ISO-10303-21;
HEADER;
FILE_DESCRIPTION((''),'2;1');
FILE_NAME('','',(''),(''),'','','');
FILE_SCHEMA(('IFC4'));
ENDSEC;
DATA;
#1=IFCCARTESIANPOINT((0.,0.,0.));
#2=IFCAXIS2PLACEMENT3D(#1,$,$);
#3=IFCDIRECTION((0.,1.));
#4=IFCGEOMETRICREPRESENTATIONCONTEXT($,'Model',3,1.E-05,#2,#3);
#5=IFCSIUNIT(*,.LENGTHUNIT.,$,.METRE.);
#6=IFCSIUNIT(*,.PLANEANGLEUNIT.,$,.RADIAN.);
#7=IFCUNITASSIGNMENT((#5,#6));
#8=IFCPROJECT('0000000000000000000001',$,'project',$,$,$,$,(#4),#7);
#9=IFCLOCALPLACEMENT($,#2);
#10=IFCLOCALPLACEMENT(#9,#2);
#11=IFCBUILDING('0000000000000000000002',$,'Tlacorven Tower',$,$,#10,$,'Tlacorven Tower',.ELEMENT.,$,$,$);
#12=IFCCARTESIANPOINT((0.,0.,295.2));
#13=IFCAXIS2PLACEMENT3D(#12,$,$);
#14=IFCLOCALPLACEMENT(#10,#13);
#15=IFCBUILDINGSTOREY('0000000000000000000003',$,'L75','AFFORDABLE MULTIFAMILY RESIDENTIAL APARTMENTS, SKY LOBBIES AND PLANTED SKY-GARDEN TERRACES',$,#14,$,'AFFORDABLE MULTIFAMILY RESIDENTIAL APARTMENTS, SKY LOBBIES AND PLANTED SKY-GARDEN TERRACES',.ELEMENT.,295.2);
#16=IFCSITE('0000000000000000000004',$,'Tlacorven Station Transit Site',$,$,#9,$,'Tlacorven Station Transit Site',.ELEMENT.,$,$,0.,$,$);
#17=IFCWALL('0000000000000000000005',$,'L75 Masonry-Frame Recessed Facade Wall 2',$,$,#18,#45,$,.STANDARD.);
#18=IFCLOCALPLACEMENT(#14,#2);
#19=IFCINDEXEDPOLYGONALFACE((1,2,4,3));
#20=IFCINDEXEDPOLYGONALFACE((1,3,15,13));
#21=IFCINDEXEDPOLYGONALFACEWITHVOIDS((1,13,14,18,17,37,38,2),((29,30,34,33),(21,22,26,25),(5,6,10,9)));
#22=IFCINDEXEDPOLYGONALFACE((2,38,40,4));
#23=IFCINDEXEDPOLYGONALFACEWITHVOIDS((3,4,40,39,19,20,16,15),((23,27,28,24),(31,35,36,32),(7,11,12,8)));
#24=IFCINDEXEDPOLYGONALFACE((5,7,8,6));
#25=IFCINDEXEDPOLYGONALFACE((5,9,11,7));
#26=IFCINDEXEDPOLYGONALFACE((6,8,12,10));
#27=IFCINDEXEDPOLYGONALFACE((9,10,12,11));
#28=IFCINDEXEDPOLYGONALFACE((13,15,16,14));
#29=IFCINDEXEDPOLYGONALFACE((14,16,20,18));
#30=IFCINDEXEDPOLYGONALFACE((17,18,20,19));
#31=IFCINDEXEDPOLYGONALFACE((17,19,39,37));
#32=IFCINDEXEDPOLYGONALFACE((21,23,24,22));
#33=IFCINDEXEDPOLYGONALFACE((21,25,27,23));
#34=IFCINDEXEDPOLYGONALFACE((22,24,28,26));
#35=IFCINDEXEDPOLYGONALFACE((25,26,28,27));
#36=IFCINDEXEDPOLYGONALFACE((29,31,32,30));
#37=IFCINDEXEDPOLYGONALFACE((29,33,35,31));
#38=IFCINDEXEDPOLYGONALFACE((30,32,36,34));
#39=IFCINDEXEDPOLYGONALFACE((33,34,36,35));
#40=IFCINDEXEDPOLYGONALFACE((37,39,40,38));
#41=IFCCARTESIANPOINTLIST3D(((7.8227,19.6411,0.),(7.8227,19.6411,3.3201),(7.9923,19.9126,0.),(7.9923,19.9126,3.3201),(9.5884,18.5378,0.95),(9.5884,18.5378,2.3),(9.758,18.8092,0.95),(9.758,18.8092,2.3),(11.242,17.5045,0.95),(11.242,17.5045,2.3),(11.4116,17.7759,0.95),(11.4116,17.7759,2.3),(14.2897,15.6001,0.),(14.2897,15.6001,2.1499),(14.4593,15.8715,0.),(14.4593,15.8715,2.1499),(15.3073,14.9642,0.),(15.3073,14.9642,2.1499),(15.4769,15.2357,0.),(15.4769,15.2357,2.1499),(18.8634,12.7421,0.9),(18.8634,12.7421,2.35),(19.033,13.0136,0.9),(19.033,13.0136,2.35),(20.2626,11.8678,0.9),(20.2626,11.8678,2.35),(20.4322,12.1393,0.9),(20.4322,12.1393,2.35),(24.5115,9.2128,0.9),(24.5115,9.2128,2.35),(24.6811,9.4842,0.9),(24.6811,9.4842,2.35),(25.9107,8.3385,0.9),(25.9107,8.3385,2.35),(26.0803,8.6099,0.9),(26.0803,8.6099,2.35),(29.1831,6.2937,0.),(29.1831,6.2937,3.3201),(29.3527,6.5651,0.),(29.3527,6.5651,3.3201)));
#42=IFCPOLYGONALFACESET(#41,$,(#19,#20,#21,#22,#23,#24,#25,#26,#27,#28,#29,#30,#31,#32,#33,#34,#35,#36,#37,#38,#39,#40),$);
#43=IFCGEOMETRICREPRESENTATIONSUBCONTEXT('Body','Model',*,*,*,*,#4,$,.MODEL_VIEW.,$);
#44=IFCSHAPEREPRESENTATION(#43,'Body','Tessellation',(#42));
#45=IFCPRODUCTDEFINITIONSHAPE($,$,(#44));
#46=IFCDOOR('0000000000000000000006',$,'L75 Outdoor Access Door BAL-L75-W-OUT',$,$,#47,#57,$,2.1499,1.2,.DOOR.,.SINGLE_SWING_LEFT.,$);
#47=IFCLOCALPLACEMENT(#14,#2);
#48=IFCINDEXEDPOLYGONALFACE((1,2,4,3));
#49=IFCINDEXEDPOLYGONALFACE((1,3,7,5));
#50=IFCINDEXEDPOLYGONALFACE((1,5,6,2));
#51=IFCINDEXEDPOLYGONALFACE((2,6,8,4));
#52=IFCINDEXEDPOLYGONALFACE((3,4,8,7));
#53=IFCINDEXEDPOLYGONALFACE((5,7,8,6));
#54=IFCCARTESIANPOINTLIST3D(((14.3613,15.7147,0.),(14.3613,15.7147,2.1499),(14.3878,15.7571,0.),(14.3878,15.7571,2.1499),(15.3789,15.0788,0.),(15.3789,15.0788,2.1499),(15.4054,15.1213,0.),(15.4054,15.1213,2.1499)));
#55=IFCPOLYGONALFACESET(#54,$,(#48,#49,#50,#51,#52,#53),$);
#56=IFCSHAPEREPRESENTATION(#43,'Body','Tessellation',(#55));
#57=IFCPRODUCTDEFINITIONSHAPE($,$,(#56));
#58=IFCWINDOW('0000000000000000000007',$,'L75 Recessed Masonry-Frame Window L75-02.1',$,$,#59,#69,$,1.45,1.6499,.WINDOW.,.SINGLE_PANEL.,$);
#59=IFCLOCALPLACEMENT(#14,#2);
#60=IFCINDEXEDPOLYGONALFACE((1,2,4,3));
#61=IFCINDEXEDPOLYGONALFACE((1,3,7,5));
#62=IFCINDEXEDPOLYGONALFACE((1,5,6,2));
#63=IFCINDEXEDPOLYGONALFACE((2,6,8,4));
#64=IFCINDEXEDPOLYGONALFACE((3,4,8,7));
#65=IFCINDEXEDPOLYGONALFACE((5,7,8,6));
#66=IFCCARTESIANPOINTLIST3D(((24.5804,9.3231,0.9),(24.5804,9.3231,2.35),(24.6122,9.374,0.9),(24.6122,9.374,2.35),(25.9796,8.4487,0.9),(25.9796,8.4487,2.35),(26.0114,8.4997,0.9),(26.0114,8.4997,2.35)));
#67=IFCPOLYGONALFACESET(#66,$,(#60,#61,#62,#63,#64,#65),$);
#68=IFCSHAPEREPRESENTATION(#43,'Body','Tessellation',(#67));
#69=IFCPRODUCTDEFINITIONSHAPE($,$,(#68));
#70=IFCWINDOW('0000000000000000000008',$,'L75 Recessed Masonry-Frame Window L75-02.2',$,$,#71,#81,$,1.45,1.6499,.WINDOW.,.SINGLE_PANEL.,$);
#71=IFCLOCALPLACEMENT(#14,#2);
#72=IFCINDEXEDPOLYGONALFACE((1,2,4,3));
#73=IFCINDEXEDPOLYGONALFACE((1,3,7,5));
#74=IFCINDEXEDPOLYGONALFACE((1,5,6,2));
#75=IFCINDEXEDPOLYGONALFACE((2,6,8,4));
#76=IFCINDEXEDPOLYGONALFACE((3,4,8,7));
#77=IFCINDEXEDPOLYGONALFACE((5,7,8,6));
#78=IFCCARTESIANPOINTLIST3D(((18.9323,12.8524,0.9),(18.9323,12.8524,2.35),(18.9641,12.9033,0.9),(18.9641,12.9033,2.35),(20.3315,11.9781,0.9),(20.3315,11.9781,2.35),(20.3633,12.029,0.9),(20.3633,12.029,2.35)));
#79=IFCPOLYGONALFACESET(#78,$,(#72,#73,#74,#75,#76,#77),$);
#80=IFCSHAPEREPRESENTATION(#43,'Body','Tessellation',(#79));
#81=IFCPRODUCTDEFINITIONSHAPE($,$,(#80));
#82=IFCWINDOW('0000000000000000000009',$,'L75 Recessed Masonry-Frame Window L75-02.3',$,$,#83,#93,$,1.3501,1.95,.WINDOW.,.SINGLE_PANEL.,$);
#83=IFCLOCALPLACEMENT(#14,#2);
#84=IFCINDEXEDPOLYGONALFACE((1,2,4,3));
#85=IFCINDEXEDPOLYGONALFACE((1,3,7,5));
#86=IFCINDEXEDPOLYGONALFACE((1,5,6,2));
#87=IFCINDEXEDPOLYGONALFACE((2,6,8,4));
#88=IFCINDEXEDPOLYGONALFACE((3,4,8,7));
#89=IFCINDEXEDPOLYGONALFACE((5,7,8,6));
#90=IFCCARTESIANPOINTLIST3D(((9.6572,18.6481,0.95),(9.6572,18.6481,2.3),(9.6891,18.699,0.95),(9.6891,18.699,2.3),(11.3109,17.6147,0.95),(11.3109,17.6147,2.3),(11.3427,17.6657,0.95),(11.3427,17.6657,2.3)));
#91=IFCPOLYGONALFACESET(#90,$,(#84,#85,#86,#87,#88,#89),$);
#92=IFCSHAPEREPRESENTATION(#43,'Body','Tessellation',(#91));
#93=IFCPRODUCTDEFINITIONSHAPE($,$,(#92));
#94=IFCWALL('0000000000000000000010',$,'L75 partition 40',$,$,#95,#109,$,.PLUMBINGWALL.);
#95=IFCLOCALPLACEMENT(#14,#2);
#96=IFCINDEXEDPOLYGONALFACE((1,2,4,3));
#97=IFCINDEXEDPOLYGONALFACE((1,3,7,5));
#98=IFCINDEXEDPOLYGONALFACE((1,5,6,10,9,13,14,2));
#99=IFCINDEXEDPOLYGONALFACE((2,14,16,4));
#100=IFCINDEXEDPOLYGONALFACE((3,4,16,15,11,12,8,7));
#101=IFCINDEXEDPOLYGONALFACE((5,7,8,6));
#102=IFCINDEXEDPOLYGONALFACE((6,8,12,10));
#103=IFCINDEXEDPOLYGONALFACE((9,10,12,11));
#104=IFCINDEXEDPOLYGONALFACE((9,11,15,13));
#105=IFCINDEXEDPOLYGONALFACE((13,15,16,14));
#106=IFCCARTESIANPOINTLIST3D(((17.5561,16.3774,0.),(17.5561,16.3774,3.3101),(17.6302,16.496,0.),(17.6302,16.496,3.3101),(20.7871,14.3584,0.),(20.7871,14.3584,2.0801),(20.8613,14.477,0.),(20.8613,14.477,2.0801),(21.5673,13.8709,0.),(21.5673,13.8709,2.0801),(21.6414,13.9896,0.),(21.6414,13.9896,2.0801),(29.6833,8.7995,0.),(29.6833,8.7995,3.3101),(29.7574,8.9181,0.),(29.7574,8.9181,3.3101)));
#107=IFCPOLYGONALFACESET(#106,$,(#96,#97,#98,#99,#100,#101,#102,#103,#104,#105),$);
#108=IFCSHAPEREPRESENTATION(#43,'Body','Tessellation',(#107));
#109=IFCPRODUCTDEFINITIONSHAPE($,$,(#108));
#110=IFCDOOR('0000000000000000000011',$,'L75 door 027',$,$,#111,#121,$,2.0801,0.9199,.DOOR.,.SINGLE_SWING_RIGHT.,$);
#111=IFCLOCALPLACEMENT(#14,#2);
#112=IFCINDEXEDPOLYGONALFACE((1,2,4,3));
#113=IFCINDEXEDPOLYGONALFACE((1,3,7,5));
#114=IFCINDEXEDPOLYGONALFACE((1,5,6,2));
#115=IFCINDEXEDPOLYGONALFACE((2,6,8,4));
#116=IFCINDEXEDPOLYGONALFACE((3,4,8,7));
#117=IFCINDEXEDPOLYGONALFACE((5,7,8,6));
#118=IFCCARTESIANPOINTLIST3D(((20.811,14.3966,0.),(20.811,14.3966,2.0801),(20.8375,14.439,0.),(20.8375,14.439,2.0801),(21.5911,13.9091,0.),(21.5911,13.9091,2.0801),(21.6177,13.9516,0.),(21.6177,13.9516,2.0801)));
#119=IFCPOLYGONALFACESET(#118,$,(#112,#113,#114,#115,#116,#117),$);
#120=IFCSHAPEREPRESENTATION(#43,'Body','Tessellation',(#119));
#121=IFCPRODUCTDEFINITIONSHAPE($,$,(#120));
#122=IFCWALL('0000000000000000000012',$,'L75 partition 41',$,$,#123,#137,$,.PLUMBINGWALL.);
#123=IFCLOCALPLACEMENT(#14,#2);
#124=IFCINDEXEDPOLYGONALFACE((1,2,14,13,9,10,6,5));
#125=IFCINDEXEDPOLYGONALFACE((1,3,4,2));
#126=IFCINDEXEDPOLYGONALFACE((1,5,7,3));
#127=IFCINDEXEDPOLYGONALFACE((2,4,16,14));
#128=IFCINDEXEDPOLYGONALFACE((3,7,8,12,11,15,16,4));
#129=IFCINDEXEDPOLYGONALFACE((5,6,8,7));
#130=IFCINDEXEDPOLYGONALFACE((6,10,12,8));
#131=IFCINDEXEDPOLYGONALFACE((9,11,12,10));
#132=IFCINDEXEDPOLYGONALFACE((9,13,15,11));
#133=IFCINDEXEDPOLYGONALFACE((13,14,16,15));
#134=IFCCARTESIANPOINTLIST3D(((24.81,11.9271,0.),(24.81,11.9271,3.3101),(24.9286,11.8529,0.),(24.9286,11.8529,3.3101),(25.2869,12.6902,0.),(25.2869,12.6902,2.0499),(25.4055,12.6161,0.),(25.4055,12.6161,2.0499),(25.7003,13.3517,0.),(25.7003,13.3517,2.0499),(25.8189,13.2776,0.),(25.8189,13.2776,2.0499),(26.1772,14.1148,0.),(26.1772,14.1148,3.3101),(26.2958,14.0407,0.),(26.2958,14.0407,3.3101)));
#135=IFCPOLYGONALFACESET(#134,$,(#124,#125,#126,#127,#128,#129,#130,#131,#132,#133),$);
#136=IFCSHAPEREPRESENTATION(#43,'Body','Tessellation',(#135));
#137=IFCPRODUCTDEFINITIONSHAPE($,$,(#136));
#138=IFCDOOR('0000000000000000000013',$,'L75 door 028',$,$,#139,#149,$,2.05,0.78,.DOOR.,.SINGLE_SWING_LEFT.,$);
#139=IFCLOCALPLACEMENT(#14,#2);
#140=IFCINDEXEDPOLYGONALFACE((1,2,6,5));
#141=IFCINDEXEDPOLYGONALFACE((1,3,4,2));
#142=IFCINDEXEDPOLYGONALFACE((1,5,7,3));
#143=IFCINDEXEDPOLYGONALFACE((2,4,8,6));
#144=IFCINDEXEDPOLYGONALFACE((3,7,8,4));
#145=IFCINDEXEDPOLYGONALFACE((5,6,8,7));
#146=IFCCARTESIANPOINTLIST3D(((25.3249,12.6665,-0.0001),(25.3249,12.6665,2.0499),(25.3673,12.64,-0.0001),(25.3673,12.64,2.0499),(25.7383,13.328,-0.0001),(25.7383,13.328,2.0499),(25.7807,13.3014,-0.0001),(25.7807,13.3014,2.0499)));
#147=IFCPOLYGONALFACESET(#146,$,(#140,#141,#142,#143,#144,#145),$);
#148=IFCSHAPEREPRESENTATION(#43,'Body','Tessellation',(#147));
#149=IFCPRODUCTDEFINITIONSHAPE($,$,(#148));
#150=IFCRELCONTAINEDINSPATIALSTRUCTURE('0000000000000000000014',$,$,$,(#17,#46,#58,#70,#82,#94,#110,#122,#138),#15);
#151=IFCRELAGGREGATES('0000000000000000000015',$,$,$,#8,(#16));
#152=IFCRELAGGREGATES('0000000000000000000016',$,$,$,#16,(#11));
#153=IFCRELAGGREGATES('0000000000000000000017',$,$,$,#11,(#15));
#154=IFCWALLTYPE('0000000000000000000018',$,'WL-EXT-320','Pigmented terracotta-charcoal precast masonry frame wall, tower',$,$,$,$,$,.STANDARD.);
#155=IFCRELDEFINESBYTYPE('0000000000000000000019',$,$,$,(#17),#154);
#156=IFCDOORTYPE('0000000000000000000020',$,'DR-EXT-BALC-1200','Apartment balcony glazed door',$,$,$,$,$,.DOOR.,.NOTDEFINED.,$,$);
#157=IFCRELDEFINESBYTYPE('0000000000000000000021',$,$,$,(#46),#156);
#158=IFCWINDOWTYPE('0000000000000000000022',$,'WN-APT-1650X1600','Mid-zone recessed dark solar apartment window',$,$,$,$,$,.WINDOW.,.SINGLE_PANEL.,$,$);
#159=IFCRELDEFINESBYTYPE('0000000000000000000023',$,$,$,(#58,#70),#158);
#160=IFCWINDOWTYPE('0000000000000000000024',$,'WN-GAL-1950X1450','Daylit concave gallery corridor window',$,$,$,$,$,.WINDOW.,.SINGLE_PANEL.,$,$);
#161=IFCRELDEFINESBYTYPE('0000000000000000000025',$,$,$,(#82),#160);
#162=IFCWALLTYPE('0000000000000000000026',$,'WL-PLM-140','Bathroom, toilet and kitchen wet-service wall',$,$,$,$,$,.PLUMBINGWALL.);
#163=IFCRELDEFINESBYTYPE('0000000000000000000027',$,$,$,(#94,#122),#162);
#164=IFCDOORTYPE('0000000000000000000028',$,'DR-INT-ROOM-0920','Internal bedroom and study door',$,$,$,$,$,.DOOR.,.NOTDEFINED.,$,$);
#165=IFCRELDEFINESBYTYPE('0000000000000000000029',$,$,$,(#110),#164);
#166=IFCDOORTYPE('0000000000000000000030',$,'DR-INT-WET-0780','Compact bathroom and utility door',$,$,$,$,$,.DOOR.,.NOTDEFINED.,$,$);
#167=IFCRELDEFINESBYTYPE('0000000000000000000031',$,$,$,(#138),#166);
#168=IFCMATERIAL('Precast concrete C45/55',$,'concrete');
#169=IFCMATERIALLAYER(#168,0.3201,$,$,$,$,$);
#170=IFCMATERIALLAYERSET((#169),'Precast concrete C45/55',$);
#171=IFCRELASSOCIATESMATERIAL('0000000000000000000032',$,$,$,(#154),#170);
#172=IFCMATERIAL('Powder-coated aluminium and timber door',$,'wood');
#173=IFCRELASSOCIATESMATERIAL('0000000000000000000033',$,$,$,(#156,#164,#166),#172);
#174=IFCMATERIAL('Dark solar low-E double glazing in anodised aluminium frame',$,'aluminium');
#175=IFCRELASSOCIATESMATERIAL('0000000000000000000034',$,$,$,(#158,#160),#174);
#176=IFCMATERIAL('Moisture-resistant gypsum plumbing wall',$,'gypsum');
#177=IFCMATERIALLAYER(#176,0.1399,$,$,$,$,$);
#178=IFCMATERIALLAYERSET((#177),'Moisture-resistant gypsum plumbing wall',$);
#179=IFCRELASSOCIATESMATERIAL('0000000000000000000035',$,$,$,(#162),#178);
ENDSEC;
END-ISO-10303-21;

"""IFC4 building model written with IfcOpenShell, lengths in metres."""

from ifc_helpers import new_model, si_unit, direction, frame, frame_2d, origin, place, context, subcontext, project, spatial, rectangle, extrude, source, transform, mapped, material, layer, layer_set, type_object, element, fill, save


model = new_model("IFC4")

# Units and contexts
model_context = context("Model", 3, precision=1e-05, world=origin(), true_north=direction((0.0, 1.0)))
body_context = subcontext(model_context, "Body", "Model", "MODEL_VIEW")
ifc_project = project(units=[si_unit("LENGTHUNIT", "METRE"), si_unit("PLANEANGLEUNIT", "RADIAN")], contexts=[model_context])

# Site, building, storey
site_placement = place(None, origin())
site = spatial("IfcSite", under=ifc_project, at=site_placement, Name="Tlacorven Station Transit Site", LongName="Tlacorven Station Transit Site", CompositionType="ELEMENT", RefElevation=0.0)
building_placement = place(site_placement, origin())
building = spatial("IfcBuilding", under=site, at=building_placement, Name="Tlacorven Tower", LongName="Tlacorven Tower", CompositionType="ELEMENT")
storey_placement = place(building_placement, frame((0.0, 0.0, 295.2)))
storey = spatial("IfcBuildingStorey", under=building, at=storey_placement, Name="L75", Description="AFFORDABLE MULTIFAMILY RESIDENTIAL APARTMENTS, SKY LOBBIES AND PLANTED SKY-GARDEN TERRACES", LongName="AFFORDABLE MULTIFAMILY RESIDENTIAL APARTMENTS, SKY LOBBIES AND PLANTED SKY-GARDEN TERRACES", CompositionType="ELEMENT", Elevation=295.2)

# Wall, openings, door, windows
ifc_material_1 = material(Name="Precast concrete C45/55", Category="concrete")
ifc_layer_1 = layer(ifc_material_1, 0.3201)
ifc_layer_set_1 = layer_set([ifc_layer_1], Name="Precast concrete C45/55")
wall_type_1 = type_object("IfcWallType", Name="WL-EXT-320", Description="Pigmented terracotta-charcoal precast masonry frame wall, tower", PredefinedType="STANDARD", material=ifc_layer_set_1)
wall_1_placement = place(storey_placement, frame((29.2678, 6.4294, 0.0), z_axis=(0.0, 0.0, 1.0), x_axis=(-0.848048, 0.529919, 0.0)))
wall_1 = element("IfcWall", 1, at=wall_1_placement, inside=storey, type_object=wall_type_1, Name="L75 Masonry-Frame Recessed Facade Wall 2", PredefinedType="STANDARD", context=body_context, shape_type="SweptSolid", body=[
    extrude(rectangle(XDim=25.1877, YDim=0.3201, at=frame_2d((12.5938, 0.0))), origin(), (0.0, 0.0, 1.0), 3.3201),
])
opening_1_placement = place(wall_1_placement, frame((16.3618, 0.0, 0.0)))
opening_1 = element("IfcOpeningElement", 2, at=opening_1_placement, cuts=wall_1, PredefinedType="OPENING", context=body_context, shape_type="SweptSolid", body=[
    extrude(rectangle(XDim=1.2, YDim=2.1499, at=frame_2d((0.6001, 1.075))), frame((0.0, 0.1699, 0.0), z_axis=(0.0, -1.0, 0.0), x_axis=(1.0, 0.0, 0.0)), (0.0, 0.0, 1.0), 0.3401),
])
opening_2_placement = place(wall_1_placement, frame((3.8586, 0.0, 0.8999)))
opening_2 = element("IfcOpeningElement", 3, at=opening_2_placement, cuts=wall_1, PredefinedType="OPENING", context=body_context, shape_type="SweptSolid", body=[
    extrude(rectangle(XDim=1.6499, YDim=1.45, at=frame_2d((0.825, 0.7251))), frame((0.0, 0.1699, 0.0), z_axis=(0.0, -1.0, 0.0), x_axis=(1.0, 0.0, 0.0)), (0.0, 0.0, 1.0), 0.3401),
])
opening_3_placement = place(wall_1_placement, frame((10.5188, 0.0, 0.8999)))
opening_3 = element("IfcOpeningElement", 4, at=opening_3_placement, cuts=wall_1, PredefinedType="OPENING", context=body_context, shape_type="SweptSolid", body=[
    extrude(rectangle(XDim=1.6499, YDim=1.45, at=frame_2d((0.825, 0.7251))), frame((0.0, 0.1699, 0.0), z_axis=(0.0, -1.0, 0.0), x_axis=(1.0, 0.0, 0.0)), (0.0, 0.0, 1.0), 0.3401),
])
opening_4_placement = place(wall_1_placement, frame((21.1555, 0.0, 0.95)))
opening_4 = element("IfcOpeningElement", 5, at=opening_4_placement, cuts=wall_1, PredefinedType="OPENING", context=body_context, shape_type="SweptSolid", body=[
    extrude(rectangle(XDim=1.95, YDim=1.3501, at=frame_2d((0.9751, 0.675))), frame((0.0, 0.1699, 0.0), z_axis=(0.0, -1.0, 0.0), x_axis=(1.0, 0.0, 0.0)), (0.0, 0.0, 1.0), 0.3401),
])
ifc_material_2 = material(Name="Powder-coated aluminium and timber door", Category="wood")
door_type_1 = type_object("IfcDoorType", Name="DR-EXT-BALC-1200", Description="Apartment balcony glazed door", OperationType="NOTDEFINED", PredefinedType="DOOR", material=ifc_material_2)
shared_shape_1 = source(origin(), body_context, "Body", "SweptSolid", [
    extrude(rectangle(XDim=1.2, YDim=2.1499, at=frame_2d((0.6001, 1.075))), frame((0.0, 0.0249, 0.0), z_axis=(0.0, -1.0, 0.0), x_axis=(1.0, 0.0, 0.0)), (0.0, 0.0, 1.0), 0.05),
])
door_1_placement = place(opening_1_placement, origin())
door_1 = element("IfcDoor", 6, at=door_1_placement, inside=storey, type_object=door_type_1, Name="L75 Outdoor Access Door BAL-L75-W-OUT", OperationType="SINGLE_SWING_LEFT", OverallHeight=2.1499, OverallWidth=1.2, PredefinedType="DOOR", context=body_context, shape_type="MappedRepresentation", body=[
    mapped(shared_shape_1, transform((0.0, 0.0, 0.0), scale=1.0)),
])
fill(opening_1, door_1)
ifc_material_3 = material(Name="Dark solar low-E double glazing in anodised aluminium frame", Category="aluminium")
window_type_1 = type_object("IfcWindowType", Name="WN-APT-1650X1600", Description="Mid-zone recessed dark solar apartment window", PartitioningType="SINGLE_PANEL", PredefinedType="WINDOW", material=ifc_material_3)
shared_shape_2 = source(origin(), body_context, "Body", "SweptSolid", [
    extrude(rectangle(XDim=1.6499, YDim=1.45, at=frame_2d((0.825, 0.7251))), frame((0.0, 0.03, 0.0), z_axis=(0.0, -1.0, 0.0), x_axis=(1.0, 0.0, 0.0)), (0.0, 0.0, 1.0), 0.0601),
])
window_1_placement = place(opening_2_placement, origin())
window_1 = element("IfcWindow", 7, at=window_1_placement, inside=storey, type_object=window_type_1, Name="L75 Recessed Masonry-Frame Window L75-02.1", OverallHeight=1.45, OverallWidth=1.6499, PartitioningType="SINGLE_PANEL", PredefinedType="WINDOW", context=body_context, shape_type="MappedRepresentation", body=[
    mapped(shared_shape_2, transform((0.0, 0.0, 0.0), scale=1.0)),
])
fill(opening_2, window_1)
window_2_placement = place(opening_3_placement, origin())
window_2 = element("IfcWindow", 8, at=window_2_placement, inside=storey, type_object=window_type_1, Name="L75 Recessed Masonry-Frame Window L75-02.2", OverallHeight=1.45, OverallWidth=1.6499, PartitioningType="SINGLE_PANEL", PredefinedType="WINDOW", context=body_context, shape_type="MappedRepresentation", body=[
    mapped(shared_shape_2, transform((0.0, 0.0, 0.0), scale=1.0)),
])
fill(opening_3, window_2)
window_type_2 = type_object("IfcWindowType", Name="WN-GAL-1950X1450", Description="Daylit concave gallery corridor window", PartitioningType="SINGLE_PANEL", PredefinedType="WINDOW", material=ifc_material_3)
shared_shape_3 = source(origin(), body_context, "Body", "SweptSolid", [
    extrude(rectangle(XDim=1.95, YDim=1.3501, at=frame_2d((0.9751, 0.675))), frame((0.0, 0.03, 0.0), z_axis=(0.0, -1.0, 0.0), x_axis=(1.0, 0.0, 0.0)), (0.0, 0.0, 1.0), 0.0601),
])
window_3_placement = place(opening_4_placement, origin())
window_3 = element("IfcWindow", 9, at=window_3_placement, inside=storey, type_object=window_type_2, Name="L75 Recessed Masonry-Frame Window L75-02.3", OverallHeight=1.3501, OverallWidth=1.95, PartitioningType="SINGLE_PANEL", PredefinedType="WINDOW", context=body_context, shape_type="MappedRepresentation", body=[
    mapped(shared_shape_3, transform((0.0, 0.0, 0.0), scale=1.0)),
])
fill(opening_4, window_3)

# Walls, openings, doors
ifc_material_4 = material(Name="Moisture-resistant gypsum plumbing wall", Category="gypsum")
ifc_layer_2 = layer(ifc_material_4, 0.1399)
ifc_layer_set_2 = layer_set([ifc_layer_2], Name="Moisture-resistant gypsum plumbing wall")
wall_type_2 = type_object("IfcWallType", Name="WL-PLM-140", Description="Bathroom, toilet and kitchen wet-service wall", PredefinedType="PLUMBINGWALL", material=ifc_layer_set_2)
wall_2_placement = place(storey_placement, frame((29.7202, 8.8589, 0.0), z_axis=(0.0, 0.0, 1.0), x_axis=(-0.848049, 0.529918, 0.0)))
wall_2 = element("IfcWall", 10, at=wall_2_placement, inside=storey, type_object=wall_type_2, Name="L75 partition 40", PredefinedType="PLUMBINGWALL", context=body_context, shape_type="SweptSolid", body=[
    extrude(rectangle(XDim=14.3, YDim=0.1399, at=frame_2d((7.1499, 0.0))), origin(), (0.0, 0.0, 1.0), 3.3101),
])
opening_5_placement = place(wall_2_placement, frame((9.5701, 0.0, 0.0)))
opening_5 = element("IfcOpeningElement", 11, at=opening_5_placement, cuts=wall_2, PredefinedType="OPENING", context=body_context, shape_type="SweptSolid", body=[
    extrude(rectangle(XDim=0.9199, YDim=2.0801, at=frame_2d((0.46, 1.04))), frame((0.0, 0.0801, 0.0), z_axis=(0.0, -1.0, 0.0), x_axis=(1.0, 0.0, 0.0)), (0.0, 0.0, 1.0), 0.1599),
])
door_type_2 = type_object("IfcDoorType", Name="DR-INT-ROOM-0920", Description="Internal bedroom and study door", OperationType="NOTDEFINED", PredefinedType="DOOR", material=ifc_material_2)
shared_shape_4 = source(origin(), body_context, "Body", "SweptSolid", [
    extrude(rectangle(XDim=0.9199, YDim=2.0801, at=frame_2d((0.46, 1.04))), frame((0.0, 0.0249, 0.0), z_axis=(0.0, -1.0, 0.0), x_axis=(1.0, 0.0, 0.0)), (0.0, 0.0, 1.0), 0.05),
])
door_2_placement = place(opening_5_placement, origin())
door_2 = element("IfcDoor", 12, at=door_2_placement, inside=storey, type_object=door_type_2, Name="L75 door 027", OperationType="SINGLE_SWING_RIGHT", OverallHeight=2.0801, OverallWidth=0.9199, PredefinedType="DOOR", context=body_context, shape_type="MappedRepresentation", body=[
    mapped(shared_shape_4, transform((0.0, 0.0, 0.0), scale=1.0)),
])
fill(opening_5, door_2)
wall_3_placement = place(storey_placement, frame((26.2366, 14.0779, 0.0), z_axis=(0.0, 0.0, 1.0), x_axis=(-0.529956, -0.848025, 0.0)))
wall_3 = element("IfcWall", 13, at=wall_3_placement, inside=storey, type_object=wall_type_2, Name="L75 partition 41", PredefinedType="PLUMBINGWALL", context=body_context, shape_type="SweptSolid", body=[
    extrude(rectangle(XDim=2.5798, YDim=0.1399, at=frame_2d((1.29, 0.0))), origin(), (0.0, 0.0, 1.0), 3.3101),
])
opening_6_placement = place(wall_3_placement, frame((0.8999, 0.0, 0.0)))
opening_6 = element("IfcOpeningElement", 14, at=opening_6_placement, cuts=wall_3, PredefinedType="OPENING", context=body_context, shape_type="SweptSolid", body=[
    extrude(rectangle(XDim=0.78, YDim=2.05, at=frame_2d((0.3901, 1.0249))), frame((0.0, 0.0801, 0.0), z_axis=(0.0, -1.0, 0.0), x_axis=(1.0, 0.0, 0.0)), (0.0, 0.0, 1.0), 0.1599),
])
door_type_3 = type_object("IfcDoorType", Name="DR-INT-WET-0780", Description="Compact bathroom and utility door", OperationType="NOTDEFINED", PredefinedType="DOOR", material=ifc_material_2)
shared_shape_5 = source(origin(), body_context, "Body", "SweptSolid", [
    extrude(rectangle(XDim=0.78, YDim=2.05, at=frame_2d((0.3901, 1.0249))), frame((0.0, 0.0249, 0.0), z_axis=(0.0, -1.0, 0.0), x_axis=(1.0, 0.0, 0.0)), (0.0, 0.0, 1.0), 0.05),
])
door_3_placement = place(opening_6_placement, origin())
door_3 = element("IfcDoor", 15, at=door_3_placement, inside=storey, type_object=door_type_3, Name="L75 door 028", OperationType="SINGLE_SWING_LEFT", OverallHeight=2.05, OverallWidth=0.78, PredefinedType="DOOR", context=body_context, shape_type="MappedRepresentation", body=[
    mapped(shared_shape_5, transform((0.0, 0.0, 0.0), scale=1.0)),
])
fill(opening_6, door_3)

save(model, "model.ifc")
